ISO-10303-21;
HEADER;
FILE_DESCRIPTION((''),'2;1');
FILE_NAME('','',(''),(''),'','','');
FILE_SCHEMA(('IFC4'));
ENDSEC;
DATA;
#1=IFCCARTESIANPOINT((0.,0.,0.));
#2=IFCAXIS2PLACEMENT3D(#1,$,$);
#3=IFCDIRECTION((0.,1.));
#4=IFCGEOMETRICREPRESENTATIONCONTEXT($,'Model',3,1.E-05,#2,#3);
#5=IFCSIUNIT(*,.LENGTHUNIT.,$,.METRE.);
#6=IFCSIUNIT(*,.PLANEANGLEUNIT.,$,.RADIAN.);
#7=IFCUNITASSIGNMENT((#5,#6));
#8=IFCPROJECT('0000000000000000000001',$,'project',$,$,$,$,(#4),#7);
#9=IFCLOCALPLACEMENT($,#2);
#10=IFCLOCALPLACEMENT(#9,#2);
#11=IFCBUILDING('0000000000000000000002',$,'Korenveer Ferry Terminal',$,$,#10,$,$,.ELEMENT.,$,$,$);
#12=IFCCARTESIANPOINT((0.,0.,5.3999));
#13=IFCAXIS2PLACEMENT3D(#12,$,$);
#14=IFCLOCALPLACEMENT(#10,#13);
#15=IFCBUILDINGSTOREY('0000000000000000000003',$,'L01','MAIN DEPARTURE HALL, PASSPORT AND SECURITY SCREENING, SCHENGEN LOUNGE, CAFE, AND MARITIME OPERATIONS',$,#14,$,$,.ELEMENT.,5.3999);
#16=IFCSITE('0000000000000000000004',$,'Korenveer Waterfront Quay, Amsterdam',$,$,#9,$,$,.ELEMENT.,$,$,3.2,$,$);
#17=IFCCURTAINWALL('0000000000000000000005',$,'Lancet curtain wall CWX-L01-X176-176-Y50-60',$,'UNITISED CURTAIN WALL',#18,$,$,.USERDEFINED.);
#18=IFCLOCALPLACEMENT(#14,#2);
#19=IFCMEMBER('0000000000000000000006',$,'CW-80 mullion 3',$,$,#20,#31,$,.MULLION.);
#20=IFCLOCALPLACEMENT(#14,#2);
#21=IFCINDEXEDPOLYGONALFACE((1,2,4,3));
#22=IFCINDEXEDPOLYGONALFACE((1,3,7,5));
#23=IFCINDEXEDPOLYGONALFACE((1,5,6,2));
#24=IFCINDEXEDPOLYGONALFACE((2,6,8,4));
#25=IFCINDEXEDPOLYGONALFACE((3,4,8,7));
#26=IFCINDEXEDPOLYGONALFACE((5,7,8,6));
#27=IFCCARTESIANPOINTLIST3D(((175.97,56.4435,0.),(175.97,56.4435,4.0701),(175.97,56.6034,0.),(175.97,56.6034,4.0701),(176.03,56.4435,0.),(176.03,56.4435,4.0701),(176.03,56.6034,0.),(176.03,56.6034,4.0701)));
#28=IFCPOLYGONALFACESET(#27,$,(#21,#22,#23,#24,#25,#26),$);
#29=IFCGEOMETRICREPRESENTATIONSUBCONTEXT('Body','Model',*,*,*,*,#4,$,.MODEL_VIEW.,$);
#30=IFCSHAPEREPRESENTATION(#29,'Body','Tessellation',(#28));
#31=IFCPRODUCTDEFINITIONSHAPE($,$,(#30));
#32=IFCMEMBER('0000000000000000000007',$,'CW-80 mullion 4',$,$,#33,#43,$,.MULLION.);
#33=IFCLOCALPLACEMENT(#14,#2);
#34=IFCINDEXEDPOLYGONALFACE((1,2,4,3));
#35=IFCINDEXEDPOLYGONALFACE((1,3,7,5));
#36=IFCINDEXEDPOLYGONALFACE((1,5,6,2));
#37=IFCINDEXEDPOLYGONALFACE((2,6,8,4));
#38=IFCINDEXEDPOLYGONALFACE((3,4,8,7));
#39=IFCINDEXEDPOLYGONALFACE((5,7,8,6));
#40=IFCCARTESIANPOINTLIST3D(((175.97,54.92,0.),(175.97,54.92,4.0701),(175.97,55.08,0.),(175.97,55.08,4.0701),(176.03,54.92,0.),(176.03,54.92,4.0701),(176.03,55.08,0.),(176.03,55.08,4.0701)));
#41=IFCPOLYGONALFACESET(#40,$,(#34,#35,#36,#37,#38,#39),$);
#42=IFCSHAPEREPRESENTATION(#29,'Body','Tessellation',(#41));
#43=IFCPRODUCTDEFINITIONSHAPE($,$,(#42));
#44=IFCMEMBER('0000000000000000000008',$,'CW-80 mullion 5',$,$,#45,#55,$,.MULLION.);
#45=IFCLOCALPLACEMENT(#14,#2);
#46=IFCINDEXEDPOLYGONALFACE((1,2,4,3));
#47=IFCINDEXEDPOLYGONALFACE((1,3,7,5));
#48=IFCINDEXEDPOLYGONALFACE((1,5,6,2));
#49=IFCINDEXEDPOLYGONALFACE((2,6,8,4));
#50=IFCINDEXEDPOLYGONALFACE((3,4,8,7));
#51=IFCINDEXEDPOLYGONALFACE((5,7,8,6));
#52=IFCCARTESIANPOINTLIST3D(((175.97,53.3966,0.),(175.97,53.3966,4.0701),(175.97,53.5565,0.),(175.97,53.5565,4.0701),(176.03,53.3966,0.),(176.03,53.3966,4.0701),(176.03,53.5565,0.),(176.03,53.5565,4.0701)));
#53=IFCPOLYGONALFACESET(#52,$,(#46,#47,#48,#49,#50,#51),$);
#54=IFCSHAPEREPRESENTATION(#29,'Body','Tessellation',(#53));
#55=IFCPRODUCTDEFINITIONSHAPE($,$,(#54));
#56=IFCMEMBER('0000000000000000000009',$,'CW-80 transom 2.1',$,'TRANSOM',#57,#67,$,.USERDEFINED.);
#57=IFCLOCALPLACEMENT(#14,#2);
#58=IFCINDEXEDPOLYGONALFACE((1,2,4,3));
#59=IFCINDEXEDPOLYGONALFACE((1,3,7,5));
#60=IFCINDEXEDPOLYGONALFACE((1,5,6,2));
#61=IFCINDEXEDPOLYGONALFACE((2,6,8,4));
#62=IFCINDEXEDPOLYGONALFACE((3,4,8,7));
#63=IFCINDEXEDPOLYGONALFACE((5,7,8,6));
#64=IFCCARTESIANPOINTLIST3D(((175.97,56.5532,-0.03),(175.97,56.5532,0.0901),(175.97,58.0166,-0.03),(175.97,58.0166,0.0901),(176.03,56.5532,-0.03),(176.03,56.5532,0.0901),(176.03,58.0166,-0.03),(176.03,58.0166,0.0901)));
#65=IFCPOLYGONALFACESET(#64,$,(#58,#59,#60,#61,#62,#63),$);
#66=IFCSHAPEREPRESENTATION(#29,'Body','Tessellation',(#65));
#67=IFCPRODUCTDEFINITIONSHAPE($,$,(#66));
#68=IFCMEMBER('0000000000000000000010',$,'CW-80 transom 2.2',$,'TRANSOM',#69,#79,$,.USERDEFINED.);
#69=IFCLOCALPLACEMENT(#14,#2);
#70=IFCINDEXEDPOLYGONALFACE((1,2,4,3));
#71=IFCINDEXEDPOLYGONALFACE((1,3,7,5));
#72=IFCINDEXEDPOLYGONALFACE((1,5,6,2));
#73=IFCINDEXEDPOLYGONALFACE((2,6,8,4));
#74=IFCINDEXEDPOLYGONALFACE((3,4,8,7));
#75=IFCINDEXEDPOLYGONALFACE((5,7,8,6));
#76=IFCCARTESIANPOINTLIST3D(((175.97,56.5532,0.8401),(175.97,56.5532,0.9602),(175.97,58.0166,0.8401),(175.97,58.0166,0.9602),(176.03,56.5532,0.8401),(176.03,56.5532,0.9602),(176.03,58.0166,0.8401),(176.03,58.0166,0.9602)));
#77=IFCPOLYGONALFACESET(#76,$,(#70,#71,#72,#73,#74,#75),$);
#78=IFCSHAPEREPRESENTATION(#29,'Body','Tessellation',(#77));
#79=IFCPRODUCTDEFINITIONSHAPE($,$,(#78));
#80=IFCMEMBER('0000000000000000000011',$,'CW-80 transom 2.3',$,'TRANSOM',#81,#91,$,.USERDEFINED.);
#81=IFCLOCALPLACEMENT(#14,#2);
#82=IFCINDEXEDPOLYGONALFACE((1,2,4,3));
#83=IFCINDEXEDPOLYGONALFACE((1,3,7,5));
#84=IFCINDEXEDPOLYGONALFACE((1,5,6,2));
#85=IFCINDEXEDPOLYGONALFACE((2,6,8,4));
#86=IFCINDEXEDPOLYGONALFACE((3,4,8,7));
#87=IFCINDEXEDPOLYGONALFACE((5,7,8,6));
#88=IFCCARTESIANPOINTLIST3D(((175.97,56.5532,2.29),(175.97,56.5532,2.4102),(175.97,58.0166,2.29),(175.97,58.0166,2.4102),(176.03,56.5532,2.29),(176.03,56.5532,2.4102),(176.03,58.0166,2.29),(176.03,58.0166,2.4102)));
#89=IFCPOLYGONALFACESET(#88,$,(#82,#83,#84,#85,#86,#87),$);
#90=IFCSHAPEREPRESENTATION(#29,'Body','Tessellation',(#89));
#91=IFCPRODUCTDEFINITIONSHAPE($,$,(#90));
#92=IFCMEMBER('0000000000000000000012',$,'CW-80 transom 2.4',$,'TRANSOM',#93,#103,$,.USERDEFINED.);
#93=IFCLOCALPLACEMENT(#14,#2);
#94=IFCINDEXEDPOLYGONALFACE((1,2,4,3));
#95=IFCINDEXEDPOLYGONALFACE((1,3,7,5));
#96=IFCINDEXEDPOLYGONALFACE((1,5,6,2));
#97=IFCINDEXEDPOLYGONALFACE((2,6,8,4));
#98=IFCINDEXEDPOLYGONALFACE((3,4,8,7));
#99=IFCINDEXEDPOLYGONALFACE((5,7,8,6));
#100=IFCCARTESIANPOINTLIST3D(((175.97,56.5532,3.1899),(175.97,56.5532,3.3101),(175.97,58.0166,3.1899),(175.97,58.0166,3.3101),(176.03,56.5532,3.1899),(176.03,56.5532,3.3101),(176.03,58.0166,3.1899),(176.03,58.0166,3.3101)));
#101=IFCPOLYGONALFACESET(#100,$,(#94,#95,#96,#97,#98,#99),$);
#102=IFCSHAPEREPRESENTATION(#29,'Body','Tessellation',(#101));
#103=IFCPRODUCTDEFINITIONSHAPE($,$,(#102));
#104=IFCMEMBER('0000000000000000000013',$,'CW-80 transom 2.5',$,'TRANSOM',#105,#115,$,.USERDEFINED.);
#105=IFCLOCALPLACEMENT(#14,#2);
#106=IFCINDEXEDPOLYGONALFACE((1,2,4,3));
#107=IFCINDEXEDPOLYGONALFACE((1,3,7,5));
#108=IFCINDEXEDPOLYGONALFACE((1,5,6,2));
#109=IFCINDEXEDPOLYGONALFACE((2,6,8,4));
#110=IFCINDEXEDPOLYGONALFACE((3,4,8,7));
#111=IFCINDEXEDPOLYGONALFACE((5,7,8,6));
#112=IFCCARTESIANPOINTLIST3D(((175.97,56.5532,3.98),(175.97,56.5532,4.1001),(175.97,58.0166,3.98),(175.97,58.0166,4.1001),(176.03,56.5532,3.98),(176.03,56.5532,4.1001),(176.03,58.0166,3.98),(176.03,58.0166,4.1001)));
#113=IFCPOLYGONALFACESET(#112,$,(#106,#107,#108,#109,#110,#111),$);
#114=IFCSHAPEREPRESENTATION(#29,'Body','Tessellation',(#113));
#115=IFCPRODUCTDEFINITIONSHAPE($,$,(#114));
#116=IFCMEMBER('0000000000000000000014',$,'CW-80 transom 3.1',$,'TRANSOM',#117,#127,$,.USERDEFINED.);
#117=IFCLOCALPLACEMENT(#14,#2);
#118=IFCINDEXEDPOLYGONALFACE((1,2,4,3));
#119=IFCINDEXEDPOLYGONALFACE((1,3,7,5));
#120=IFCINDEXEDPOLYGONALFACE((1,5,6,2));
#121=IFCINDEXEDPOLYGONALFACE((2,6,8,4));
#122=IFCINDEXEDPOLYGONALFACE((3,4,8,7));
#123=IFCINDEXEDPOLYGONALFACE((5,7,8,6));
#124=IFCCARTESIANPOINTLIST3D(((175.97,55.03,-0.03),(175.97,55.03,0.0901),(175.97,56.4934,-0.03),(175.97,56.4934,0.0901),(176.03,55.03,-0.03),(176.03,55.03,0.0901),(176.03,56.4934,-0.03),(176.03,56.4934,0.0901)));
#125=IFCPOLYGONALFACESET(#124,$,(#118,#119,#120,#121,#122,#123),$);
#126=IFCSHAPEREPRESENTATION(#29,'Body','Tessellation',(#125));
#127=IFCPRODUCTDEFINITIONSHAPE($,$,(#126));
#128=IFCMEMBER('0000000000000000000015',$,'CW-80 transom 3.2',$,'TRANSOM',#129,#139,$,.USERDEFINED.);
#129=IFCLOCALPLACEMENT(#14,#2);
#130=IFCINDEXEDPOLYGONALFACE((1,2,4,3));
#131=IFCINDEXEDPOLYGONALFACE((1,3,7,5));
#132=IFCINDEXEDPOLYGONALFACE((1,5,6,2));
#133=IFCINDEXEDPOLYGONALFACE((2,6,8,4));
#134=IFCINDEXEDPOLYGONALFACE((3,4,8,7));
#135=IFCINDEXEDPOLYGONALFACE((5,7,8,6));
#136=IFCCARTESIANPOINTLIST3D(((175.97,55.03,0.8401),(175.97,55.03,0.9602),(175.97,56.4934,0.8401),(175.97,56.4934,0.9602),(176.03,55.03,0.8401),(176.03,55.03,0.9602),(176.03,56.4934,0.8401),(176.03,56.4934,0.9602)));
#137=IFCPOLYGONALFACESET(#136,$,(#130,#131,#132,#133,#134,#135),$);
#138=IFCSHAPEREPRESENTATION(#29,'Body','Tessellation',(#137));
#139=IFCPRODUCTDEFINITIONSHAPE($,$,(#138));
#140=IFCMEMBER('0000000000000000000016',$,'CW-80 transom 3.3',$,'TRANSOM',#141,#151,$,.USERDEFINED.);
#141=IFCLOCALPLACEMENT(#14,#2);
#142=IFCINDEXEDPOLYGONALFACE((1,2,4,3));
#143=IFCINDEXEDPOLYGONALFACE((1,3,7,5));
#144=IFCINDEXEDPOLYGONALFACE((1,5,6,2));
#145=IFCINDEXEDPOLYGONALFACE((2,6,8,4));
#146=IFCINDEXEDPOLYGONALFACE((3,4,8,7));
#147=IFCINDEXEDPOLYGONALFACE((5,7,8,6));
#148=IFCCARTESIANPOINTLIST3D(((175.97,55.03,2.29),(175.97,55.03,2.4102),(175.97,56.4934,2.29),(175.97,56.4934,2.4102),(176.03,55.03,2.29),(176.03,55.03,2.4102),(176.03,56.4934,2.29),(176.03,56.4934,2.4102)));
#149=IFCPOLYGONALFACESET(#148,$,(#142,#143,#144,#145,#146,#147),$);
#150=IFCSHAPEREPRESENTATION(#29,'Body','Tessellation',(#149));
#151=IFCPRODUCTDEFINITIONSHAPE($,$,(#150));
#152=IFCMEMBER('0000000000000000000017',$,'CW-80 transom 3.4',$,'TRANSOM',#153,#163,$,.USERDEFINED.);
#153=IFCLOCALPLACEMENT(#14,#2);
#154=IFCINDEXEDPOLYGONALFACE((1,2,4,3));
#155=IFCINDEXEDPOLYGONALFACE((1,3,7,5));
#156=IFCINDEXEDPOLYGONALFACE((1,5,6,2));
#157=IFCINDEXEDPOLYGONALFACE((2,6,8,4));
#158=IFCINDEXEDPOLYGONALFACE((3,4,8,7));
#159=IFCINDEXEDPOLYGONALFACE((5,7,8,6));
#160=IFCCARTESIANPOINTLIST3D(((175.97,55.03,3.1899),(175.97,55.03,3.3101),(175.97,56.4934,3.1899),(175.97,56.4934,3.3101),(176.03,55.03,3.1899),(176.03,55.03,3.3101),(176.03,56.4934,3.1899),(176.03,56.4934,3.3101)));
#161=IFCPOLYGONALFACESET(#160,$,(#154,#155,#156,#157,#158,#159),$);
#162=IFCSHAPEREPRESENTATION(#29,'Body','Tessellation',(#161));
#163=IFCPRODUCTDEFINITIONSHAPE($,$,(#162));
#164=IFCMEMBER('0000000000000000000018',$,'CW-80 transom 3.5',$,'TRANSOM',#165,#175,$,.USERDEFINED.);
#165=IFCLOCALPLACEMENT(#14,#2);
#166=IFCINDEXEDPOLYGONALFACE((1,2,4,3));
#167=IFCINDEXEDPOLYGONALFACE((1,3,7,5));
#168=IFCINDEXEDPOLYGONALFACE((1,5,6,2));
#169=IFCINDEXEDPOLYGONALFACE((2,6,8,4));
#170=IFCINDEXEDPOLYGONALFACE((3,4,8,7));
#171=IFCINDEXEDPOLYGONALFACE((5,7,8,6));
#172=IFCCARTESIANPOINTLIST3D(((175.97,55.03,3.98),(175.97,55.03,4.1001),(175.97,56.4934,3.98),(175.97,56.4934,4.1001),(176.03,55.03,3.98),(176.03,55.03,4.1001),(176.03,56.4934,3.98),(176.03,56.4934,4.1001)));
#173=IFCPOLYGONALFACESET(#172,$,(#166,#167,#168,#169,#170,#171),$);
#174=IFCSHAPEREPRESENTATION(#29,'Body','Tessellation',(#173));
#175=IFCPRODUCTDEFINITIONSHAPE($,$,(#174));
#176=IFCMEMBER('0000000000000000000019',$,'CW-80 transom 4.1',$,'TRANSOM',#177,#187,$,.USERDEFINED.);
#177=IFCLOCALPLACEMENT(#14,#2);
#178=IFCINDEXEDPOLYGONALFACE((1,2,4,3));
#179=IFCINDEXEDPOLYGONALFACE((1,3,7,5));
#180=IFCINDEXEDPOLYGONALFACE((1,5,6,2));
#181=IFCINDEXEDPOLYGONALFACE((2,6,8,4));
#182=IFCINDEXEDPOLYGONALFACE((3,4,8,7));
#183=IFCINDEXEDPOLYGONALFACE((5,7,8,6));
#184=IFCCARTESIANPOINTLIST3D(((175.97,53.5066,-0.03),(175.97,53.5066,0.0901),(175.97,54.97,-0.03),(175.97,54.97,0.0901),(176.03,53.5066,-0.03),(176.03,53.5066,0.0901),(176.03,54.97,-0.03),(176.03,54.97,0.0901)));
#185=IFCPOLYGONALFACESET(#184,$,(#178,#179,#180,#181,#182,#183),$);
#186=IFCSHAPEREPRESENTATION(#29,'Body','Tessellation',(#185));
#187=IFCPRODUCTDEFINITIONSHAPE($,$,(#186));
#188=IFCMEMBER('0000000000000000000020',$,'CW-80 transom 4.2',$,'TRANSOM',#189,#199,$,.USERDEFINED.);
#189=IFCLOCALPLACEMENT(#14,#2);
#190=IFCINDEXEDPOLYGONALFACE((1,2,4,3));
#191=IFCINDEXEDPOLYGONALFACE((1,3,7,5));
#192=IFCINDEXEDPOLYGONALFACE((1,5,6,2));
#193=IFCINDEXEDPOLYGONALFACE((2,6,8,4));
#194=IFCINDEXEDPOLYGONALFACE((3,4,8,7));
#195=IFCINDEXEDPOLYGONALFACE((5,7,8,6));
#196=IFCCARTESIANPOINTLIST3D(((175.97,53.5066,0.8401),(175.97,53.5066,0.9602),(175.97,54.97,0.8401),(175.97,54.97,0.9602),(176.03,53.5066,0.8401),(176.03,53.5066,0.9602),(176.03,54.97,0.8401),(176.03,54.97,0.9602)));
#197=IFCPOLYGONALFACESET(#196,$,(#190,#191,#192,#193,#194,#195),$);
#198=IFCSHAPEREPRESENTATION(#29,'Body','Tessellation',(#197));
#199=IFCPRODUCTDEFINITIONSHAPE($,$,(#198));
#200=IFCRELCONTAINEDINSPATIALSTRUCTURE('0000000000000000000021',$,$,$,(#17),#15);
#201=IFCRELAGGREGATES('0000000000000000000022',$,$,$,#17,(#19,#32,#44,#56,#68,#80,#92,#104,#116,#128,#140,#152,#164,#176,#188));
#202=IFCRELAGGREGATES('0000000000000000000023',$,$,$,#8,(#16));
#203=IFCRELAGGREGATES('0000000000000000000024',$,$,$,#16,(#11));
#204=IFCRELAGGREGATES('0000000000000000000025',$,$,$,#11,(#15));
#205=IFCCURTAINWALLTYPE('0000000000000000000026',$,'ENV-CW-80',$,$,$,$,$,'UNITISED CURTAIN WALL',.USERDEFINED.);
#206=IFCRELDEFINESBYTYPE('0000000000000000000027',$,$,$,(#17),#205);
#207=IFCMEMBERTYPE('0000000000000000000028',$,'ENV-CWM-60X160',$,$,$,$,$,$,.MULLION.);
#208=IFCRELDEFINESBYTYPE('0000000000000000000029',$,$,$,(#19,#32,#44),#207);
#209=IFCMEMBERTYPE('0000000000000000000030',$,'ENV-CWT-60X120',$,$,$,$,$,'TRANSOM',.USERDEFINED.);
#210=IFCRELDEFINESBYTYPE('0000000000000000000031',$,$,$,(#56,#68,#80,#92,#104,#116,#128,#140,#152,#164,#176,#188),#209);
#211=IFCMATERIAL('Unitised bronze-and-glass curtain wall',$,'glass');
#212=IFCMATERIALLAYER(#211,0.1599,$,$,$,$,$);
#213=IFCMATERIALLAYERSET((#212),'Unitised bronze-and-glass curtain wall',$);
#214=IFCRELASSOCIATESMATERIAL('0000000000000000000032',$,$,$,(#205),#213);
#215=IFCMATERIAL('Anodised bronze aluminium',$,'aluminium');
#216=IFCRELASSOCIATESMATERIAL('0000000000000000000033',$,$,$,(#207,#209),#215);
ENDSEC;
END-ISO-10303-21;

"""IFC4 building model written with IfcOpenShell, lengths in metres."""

from ifc_helpers import new_model, si_unit, direction, frame, origin, origin_2d, place, context, subcontext, project, spatial, rectangle, extrude, material, layer, layer_set, material_profile, profile_set, type_object, element, aggregate, save


model = new_model("IFC4")

# Units and contexts
model_context = context("Model", 3, precision=1e-05, world=origin(), true_north=direction((0.0, 1.0)))
body_context = subcontext(model_context, "Body", "Model", "MODEL_VIEW")
ifc_project = project(units=[si_unit("LENGTHUNIT", "METRE"), si_unit("PLANEANGLEUNIT", "RADIAN")], contexts=[model_context])

# Site, building, storey
site_placement = place(None, origin())
site = spatial("IfcSite", under=ifc_project, at=site_placement, Name="Korenveer Waterfront Quay, Amsterdam", CompositionType="ELEMENT", RefElevation=3.2)
building_placement = place(site_placement, origin())
building = spatial("IfcBuilding", under=site, at=building_placement, Name="Korenveer Ferry Terminal", CompositionType="ELEMENT")
storey_placement = place(building_placement, frame((0.0, 0.0, 5.3999)))
storey = spatial("IfcBuildingStorey", under=building, at=storey_placement, Name="L01", Description="MAIN DEPARTURE HALL, PASSPORT AND SECURITY SCREENING, SCHENGEN LOUNGE, CAFE, AND MARITIME OPERATIONS", CompositionType="ELEMENT", Elevation=5.3999)

# Curtain wall, members
ifc_material_1 = material(Name="Unitised bronze-and-glass curtain wall", Category="glass")
ifc_layer_1 = layer(ifc_material_1, 0.1599)
ifc_layer_set_1 = layer_set([ifc_layer_1], Name="Unitised bronze-and-glass curtain wall")
curtain_wall_type = type_object("IfcCurtainWallType", Name="ENV-CW-80", ElementType="UNITISED CURTAIN WALL", PredefinedType="USERDEFINED", material=ifc_layer_set_1)
curtain_wall_placement = place(storey_placement, frame((176.0, 59.5701, 0.0)))
curtain_wall = element("IfcCurtainWall", 1, at=curtain_wall_placement, inside=storey, type_object=curtain_wall_type, Name="Lancet curtain wall CWX-L01-X176-176-Y50-60", ObjectType="UNITISED CURTAIN WALL", PredefinedType="USERDEFINED")
ifc_material_2 = material(Name="Anodised bronze aluminium", Category="aluminium")
ifc_material_profile_1 = material_profile(ifc_material_2, rectangle(XDim=0.0601, YDim=0.1599, at=origin_2d()), Name="ALU 60x160")
ifc_profile_set_1 = profile_set([ifc_material_profile_1], Name="Anodised bronze aluminium")
member_type_1 = type_object("IfcMemberType", Name="ENV-CWM-60X160", PredefinedType="MULLION", material=ifc_profile_set_1)
member_1_placement = place(storey_placement, frame((176.0, 56.5234, 0.0), z_axis=(0.0, 0.0, 1.0), x_axis=(1.0, 0.0, 0.0)))
member_1 = element("IfcMember", 2, at=member_1_placement, type_object=member_type_1, Name="CW-80 mullion 3", PredefinedType="MULLION", context=body_context, shape_type="SweptSolid", body=[
    extrude(rectangle(XDim=0.0601, YDim=0.1599, at=origin_2d()), origin(), (0.0, 0.0, 1.0), 4.0701),
])
member_2_placement = place(storey_placement, frame((176.0, 55.0, 0.0), z_axis=(0.0, 0.0, 1.0), x_axis=(1.0, 0.0, 0.0)))
member_2 = element("IfcMember", 3, at=member_2_placement, type_object=member_type_1, Name="CW-80 mullion 4", PredefinedType="MULLION", context=body_context, shape_type="SweptSolid", body=[
    extrude(rectangle(XDim=0.0601, YDim=0.1599, at=origin_2d()), origin(), (0.0, 0.0, 1.0), 4.0701),
])
member_3_placement = place(storey_placement, frame((176.0, 53.4766, 0.0), z_axis=(0.0, 0.0, 1.0), x_axis=(1.0, 0.0, 0.0)))
member_3 = element("IfcMember", 4, at=member_3_placement, type_object=member_type_1, Name="CW-80 mullion 5", PredefinedType="MULLION", context=body_context, shape_type="SweptSolid", body=[
    extrude(rectangle(XDim=0.0601, YDim=0.1599, at=origin_2d()), origin(), (0.0, 0.0, 1.0), 4.0701),
])
ifc_material_profile_2 = material_profile(ifc_material_2, rectangle(XDim=0.0601, YDim=0.1201, at=origin_2d()), Name="ALU 60x120")
ifc_profile_set_2 = profile_set([ifc_material_profile_2], Name="Anodised bronze aluminium")
member_type_2 = type_object("IfcMemberType", Name="ENV-CWT-60X120", ElementType="TRANSOM", PredefinedType="USERDEFINED", material=ifc_profile_set_2)
member_4_placement = place(storey_placement, frame((176.0, 58.0166, 0.03), z_axis=(0.0, -1.0, 0.0), x_axis=(1.0, 0.0, 0.0)))
member_4 = element("IfcMember", 5, at=member_4_placement, type_object=member_type_2, Name="CW-80 transom 2.1", ObjectType="TRANSOM", PredefinedType="USERDEFINED", context=body_context, shape_type="SweptSolid", body=[
    extrude(rectangle(XDim=0.0601, YDim=0.1201, at=origin_2d()), origin(), (0.0, 0.0, 1.0), 1.4634),
])
member_5_placement = place(storey_placement, frame((176.0, 58.0166, 0.9001), z_axis=(0.0, -1.0, 0.0), x_axis=(1.0, 0.0, 0.0)))
member_5 = element("IfcMember", 6, at=member_5_placement, type_object=member_type_2, Name="CW-80 transom 2.2", ObjectType="TRANSOM", PredefinedType="USERDEFINED", context=body_context, shape_type="SweptSolid", body=[
    extrude(rectangle(XDim=0.0601, YDim=0.1201, at=origin_2d()), origin(), (0.0, 0.0, 1.0), 1.4634),
])
member_6_placement = place(storey_placement, frame((176.0, 58.0166, 2.3501), z_axis=(0.0, -1.0, 0.0), x_axis=(1.0, 0.0, 0.0)))
member_6 = element("IfcMember", 7, at=member_6_placement, type_object=member_type_2, Name="CW-80 transom 2.3", ObjectType="TRANSOM", PredefinedType="USERDEFINED", context=body_context, shape_type="SweptSolid", body=[
    extrude(rectangle(XDim=0.0601, YDim=0.1201, at=origin_2d()), origin(), (0.0, 0.0, 1.0), 1.4634),
])
member_7_placement = place(storey_placement, frame((176.0, 58.0166, 3.25), z_axis=(0.0, -1.0, 0.0), x_axis=(1.0, 0.0, 0.0)))
member_7 = element("IfcMember", 8, at=member_7_placement, type_object=member_type_2, Name="CW-80 transom 2.4", ObjectType="TRANSOM", PredefinedType="USERDEFINED", context=body_context, shape_type="SweptSolid", body=[
    extrude(rectangle(XDim=0.0601, YDim=0.1201, at=origin_2d()), origin(), (0.0, 0.0, 1.0), 1.4634),
])
member_8_placement = place(storey_placement, frame((176.0, 58.0166, 4.04), z_axis=(0.0, -1.0, 0.0), x_axis=(1.0, 0.0, 0.0)))
member_8 = element("IfcMember", 9, at=member_8_placement, type_object=member_type_2, Name="CW-80 transom 2.5", ObjectType="TRANSOM", PredefinedType="USERDEFINED", context=body_context, shape_type="SweptSolid", body=[
    extrude(rectangle(XDim=0.0601, YDim=0.1201, at=origin_2d()), origin(), (0.0, 0.0, 1.0), 1.4634),
])
member_9_placement = place(storey_placement, frame((176.0, 56.4934, 0.03), z_axis=(0.0, -1.0, 0.0), x_axis=(1.0, 0.0, 0.0)))
member_9 = element("IfcMember", 10, at=member_9_placement, type_object=member_type_2, Name="CW-80 transom 3.1", ObjectType="TRANSOM", PredefinedType="USERDEFINED", context=body_context, shape_type="SweptSolid", body=[
    extrude(rectangle(XDim=0.0601, YDim=0.1201, at=origin_2d()), origin(), (0.0, 0.0, 1.0), 1.4634),
])
member_10_placement = place(storey_placement, frame((176.0, 56.4934, 0.9001), z_axis=(0.0, -1.0, 0.0), x_axis=(1.0, 0.0, 0.0)))
member_10 = element("IfcMember", 11, at=member_10_placement, type_object=member_type_2, Name="CW-80 transom 3.2", ObjectType="TRANSOM", PredefinedType="USERDEFINED", context=body_context, shape_type="SweptSolid", body=[
    extrude(rectangle(XDim=0.0601, YDim=0.1201, at=origin_2d()), origin(), (0.0, 0.0, 1.0), 1.4634),
])
member_11_placement = place(storey_placement, frame((176.0, 56.4934, 2.3501), z_axis=(0.0, -1.0, 0.0), x_axis=(1.0, 0.0, 0.0)))
member_11 = element("IfcMember", 12, at=member_11_placement, type_object=member_type_2, Name="CW-80 transom 3.3", ObjectType="TRANSOM", PredefinedType="USERDEFINED", context=body_context, shape_type="SweptSolid", body=[
    extrude(rectangle(XDim=0.0601, YDim=0.1201, at=origin_2d()), origin(), (0.0, 0.0, 1.0), 1.4634),
])
member_12_placement = place(storey_placement, frame((176.0, 56.4934, 3.25), z_axis=(0.0, -1.0, 0.0), x_axis=(1.0, 0.0, 0.0)))
member_12 = element("IfcMember", 13, at=member_12_placement, type_object=member_type_2, Name="CW-80 transom 3.4", ObjectType="TRANSOM", PredefinedType="USERDEFINED", context=body_context, shape_type="SweptSolid", body=[
    extrude(rectangle(XDim=0.0601, YDim=0.1201, at=origin_2d()), origin(), (0.0, 0.0, 1.0), 1.4634),
])
member_13_placement = place(storey_placement, frame((176.0, 56.4934, 4.04), z_axis=(0.0, -1.0, 0.0), x_axis=(1.0, 0.0, 0.0)))
member_13 = element("IfcMember", 14, at=member_13_placement, type_object=member_type_2, Name="CW-80 transom 3.5", ObjectType="TRANSOM", PredefinedType="USERDEFINED", context=body_context, shape_type="SweptSolid", body=[
    extrude(rectangle(XDim=0.0601, YDim=0.1201, at=origin_2d()), origin(), (0.0, 0.0, 1.0), 1.4634),
])
member_14_placement = place(storey_placement, frame((176.0, 54.97, 0.03), z_axis=(0.0, -1.0, 0.0), x_axis=(1.0, 0.0, 0.0)))
member_14 = element("IfcMember", 15, at=member_14_placement, type_object=member_type_2, Name="CW-80 transom 4.1", ObjectType="TRANSOM", PredefinedType="USERDEFINED", context=body_context, shape_type="SweptSolid", body=[
    extrude(rectangle(XDim=0.0601, YDim=0.1201, at=origin_2d()), origin(), (0.0, 0.0, 1.0), 1.4634),
])
member_15_placement = place(storey_placement, frame((176.0, 54.97, 0.9001), z_axis=(0.0, -1.0, 0.0), x_axis=(1.0, 0.0, 0.0)))
member_15 = element("IfcMember", 16, at=member_15_placement, type_object=member_type_2, Name="CW-80 transom 4.2", ObjectType="TRANSOM", PredefinedType="USERDEFINED", context=body_context, shape_type="SweptSolid", body=[
    extrude(rectangle(XDim=0.0601, YDim=0.1201, at=origin_2d()), origin(), (0.0, 0.0, 1.0), 1.4634),
])
aggregate(curtain_wall, [member_1, member_2, member_3, member_4, member_5, member_6, member_7, member_8, member_9, member_10, member_11, member_12, member_13, member_14, member_15])

save(model, "model.ifc")
